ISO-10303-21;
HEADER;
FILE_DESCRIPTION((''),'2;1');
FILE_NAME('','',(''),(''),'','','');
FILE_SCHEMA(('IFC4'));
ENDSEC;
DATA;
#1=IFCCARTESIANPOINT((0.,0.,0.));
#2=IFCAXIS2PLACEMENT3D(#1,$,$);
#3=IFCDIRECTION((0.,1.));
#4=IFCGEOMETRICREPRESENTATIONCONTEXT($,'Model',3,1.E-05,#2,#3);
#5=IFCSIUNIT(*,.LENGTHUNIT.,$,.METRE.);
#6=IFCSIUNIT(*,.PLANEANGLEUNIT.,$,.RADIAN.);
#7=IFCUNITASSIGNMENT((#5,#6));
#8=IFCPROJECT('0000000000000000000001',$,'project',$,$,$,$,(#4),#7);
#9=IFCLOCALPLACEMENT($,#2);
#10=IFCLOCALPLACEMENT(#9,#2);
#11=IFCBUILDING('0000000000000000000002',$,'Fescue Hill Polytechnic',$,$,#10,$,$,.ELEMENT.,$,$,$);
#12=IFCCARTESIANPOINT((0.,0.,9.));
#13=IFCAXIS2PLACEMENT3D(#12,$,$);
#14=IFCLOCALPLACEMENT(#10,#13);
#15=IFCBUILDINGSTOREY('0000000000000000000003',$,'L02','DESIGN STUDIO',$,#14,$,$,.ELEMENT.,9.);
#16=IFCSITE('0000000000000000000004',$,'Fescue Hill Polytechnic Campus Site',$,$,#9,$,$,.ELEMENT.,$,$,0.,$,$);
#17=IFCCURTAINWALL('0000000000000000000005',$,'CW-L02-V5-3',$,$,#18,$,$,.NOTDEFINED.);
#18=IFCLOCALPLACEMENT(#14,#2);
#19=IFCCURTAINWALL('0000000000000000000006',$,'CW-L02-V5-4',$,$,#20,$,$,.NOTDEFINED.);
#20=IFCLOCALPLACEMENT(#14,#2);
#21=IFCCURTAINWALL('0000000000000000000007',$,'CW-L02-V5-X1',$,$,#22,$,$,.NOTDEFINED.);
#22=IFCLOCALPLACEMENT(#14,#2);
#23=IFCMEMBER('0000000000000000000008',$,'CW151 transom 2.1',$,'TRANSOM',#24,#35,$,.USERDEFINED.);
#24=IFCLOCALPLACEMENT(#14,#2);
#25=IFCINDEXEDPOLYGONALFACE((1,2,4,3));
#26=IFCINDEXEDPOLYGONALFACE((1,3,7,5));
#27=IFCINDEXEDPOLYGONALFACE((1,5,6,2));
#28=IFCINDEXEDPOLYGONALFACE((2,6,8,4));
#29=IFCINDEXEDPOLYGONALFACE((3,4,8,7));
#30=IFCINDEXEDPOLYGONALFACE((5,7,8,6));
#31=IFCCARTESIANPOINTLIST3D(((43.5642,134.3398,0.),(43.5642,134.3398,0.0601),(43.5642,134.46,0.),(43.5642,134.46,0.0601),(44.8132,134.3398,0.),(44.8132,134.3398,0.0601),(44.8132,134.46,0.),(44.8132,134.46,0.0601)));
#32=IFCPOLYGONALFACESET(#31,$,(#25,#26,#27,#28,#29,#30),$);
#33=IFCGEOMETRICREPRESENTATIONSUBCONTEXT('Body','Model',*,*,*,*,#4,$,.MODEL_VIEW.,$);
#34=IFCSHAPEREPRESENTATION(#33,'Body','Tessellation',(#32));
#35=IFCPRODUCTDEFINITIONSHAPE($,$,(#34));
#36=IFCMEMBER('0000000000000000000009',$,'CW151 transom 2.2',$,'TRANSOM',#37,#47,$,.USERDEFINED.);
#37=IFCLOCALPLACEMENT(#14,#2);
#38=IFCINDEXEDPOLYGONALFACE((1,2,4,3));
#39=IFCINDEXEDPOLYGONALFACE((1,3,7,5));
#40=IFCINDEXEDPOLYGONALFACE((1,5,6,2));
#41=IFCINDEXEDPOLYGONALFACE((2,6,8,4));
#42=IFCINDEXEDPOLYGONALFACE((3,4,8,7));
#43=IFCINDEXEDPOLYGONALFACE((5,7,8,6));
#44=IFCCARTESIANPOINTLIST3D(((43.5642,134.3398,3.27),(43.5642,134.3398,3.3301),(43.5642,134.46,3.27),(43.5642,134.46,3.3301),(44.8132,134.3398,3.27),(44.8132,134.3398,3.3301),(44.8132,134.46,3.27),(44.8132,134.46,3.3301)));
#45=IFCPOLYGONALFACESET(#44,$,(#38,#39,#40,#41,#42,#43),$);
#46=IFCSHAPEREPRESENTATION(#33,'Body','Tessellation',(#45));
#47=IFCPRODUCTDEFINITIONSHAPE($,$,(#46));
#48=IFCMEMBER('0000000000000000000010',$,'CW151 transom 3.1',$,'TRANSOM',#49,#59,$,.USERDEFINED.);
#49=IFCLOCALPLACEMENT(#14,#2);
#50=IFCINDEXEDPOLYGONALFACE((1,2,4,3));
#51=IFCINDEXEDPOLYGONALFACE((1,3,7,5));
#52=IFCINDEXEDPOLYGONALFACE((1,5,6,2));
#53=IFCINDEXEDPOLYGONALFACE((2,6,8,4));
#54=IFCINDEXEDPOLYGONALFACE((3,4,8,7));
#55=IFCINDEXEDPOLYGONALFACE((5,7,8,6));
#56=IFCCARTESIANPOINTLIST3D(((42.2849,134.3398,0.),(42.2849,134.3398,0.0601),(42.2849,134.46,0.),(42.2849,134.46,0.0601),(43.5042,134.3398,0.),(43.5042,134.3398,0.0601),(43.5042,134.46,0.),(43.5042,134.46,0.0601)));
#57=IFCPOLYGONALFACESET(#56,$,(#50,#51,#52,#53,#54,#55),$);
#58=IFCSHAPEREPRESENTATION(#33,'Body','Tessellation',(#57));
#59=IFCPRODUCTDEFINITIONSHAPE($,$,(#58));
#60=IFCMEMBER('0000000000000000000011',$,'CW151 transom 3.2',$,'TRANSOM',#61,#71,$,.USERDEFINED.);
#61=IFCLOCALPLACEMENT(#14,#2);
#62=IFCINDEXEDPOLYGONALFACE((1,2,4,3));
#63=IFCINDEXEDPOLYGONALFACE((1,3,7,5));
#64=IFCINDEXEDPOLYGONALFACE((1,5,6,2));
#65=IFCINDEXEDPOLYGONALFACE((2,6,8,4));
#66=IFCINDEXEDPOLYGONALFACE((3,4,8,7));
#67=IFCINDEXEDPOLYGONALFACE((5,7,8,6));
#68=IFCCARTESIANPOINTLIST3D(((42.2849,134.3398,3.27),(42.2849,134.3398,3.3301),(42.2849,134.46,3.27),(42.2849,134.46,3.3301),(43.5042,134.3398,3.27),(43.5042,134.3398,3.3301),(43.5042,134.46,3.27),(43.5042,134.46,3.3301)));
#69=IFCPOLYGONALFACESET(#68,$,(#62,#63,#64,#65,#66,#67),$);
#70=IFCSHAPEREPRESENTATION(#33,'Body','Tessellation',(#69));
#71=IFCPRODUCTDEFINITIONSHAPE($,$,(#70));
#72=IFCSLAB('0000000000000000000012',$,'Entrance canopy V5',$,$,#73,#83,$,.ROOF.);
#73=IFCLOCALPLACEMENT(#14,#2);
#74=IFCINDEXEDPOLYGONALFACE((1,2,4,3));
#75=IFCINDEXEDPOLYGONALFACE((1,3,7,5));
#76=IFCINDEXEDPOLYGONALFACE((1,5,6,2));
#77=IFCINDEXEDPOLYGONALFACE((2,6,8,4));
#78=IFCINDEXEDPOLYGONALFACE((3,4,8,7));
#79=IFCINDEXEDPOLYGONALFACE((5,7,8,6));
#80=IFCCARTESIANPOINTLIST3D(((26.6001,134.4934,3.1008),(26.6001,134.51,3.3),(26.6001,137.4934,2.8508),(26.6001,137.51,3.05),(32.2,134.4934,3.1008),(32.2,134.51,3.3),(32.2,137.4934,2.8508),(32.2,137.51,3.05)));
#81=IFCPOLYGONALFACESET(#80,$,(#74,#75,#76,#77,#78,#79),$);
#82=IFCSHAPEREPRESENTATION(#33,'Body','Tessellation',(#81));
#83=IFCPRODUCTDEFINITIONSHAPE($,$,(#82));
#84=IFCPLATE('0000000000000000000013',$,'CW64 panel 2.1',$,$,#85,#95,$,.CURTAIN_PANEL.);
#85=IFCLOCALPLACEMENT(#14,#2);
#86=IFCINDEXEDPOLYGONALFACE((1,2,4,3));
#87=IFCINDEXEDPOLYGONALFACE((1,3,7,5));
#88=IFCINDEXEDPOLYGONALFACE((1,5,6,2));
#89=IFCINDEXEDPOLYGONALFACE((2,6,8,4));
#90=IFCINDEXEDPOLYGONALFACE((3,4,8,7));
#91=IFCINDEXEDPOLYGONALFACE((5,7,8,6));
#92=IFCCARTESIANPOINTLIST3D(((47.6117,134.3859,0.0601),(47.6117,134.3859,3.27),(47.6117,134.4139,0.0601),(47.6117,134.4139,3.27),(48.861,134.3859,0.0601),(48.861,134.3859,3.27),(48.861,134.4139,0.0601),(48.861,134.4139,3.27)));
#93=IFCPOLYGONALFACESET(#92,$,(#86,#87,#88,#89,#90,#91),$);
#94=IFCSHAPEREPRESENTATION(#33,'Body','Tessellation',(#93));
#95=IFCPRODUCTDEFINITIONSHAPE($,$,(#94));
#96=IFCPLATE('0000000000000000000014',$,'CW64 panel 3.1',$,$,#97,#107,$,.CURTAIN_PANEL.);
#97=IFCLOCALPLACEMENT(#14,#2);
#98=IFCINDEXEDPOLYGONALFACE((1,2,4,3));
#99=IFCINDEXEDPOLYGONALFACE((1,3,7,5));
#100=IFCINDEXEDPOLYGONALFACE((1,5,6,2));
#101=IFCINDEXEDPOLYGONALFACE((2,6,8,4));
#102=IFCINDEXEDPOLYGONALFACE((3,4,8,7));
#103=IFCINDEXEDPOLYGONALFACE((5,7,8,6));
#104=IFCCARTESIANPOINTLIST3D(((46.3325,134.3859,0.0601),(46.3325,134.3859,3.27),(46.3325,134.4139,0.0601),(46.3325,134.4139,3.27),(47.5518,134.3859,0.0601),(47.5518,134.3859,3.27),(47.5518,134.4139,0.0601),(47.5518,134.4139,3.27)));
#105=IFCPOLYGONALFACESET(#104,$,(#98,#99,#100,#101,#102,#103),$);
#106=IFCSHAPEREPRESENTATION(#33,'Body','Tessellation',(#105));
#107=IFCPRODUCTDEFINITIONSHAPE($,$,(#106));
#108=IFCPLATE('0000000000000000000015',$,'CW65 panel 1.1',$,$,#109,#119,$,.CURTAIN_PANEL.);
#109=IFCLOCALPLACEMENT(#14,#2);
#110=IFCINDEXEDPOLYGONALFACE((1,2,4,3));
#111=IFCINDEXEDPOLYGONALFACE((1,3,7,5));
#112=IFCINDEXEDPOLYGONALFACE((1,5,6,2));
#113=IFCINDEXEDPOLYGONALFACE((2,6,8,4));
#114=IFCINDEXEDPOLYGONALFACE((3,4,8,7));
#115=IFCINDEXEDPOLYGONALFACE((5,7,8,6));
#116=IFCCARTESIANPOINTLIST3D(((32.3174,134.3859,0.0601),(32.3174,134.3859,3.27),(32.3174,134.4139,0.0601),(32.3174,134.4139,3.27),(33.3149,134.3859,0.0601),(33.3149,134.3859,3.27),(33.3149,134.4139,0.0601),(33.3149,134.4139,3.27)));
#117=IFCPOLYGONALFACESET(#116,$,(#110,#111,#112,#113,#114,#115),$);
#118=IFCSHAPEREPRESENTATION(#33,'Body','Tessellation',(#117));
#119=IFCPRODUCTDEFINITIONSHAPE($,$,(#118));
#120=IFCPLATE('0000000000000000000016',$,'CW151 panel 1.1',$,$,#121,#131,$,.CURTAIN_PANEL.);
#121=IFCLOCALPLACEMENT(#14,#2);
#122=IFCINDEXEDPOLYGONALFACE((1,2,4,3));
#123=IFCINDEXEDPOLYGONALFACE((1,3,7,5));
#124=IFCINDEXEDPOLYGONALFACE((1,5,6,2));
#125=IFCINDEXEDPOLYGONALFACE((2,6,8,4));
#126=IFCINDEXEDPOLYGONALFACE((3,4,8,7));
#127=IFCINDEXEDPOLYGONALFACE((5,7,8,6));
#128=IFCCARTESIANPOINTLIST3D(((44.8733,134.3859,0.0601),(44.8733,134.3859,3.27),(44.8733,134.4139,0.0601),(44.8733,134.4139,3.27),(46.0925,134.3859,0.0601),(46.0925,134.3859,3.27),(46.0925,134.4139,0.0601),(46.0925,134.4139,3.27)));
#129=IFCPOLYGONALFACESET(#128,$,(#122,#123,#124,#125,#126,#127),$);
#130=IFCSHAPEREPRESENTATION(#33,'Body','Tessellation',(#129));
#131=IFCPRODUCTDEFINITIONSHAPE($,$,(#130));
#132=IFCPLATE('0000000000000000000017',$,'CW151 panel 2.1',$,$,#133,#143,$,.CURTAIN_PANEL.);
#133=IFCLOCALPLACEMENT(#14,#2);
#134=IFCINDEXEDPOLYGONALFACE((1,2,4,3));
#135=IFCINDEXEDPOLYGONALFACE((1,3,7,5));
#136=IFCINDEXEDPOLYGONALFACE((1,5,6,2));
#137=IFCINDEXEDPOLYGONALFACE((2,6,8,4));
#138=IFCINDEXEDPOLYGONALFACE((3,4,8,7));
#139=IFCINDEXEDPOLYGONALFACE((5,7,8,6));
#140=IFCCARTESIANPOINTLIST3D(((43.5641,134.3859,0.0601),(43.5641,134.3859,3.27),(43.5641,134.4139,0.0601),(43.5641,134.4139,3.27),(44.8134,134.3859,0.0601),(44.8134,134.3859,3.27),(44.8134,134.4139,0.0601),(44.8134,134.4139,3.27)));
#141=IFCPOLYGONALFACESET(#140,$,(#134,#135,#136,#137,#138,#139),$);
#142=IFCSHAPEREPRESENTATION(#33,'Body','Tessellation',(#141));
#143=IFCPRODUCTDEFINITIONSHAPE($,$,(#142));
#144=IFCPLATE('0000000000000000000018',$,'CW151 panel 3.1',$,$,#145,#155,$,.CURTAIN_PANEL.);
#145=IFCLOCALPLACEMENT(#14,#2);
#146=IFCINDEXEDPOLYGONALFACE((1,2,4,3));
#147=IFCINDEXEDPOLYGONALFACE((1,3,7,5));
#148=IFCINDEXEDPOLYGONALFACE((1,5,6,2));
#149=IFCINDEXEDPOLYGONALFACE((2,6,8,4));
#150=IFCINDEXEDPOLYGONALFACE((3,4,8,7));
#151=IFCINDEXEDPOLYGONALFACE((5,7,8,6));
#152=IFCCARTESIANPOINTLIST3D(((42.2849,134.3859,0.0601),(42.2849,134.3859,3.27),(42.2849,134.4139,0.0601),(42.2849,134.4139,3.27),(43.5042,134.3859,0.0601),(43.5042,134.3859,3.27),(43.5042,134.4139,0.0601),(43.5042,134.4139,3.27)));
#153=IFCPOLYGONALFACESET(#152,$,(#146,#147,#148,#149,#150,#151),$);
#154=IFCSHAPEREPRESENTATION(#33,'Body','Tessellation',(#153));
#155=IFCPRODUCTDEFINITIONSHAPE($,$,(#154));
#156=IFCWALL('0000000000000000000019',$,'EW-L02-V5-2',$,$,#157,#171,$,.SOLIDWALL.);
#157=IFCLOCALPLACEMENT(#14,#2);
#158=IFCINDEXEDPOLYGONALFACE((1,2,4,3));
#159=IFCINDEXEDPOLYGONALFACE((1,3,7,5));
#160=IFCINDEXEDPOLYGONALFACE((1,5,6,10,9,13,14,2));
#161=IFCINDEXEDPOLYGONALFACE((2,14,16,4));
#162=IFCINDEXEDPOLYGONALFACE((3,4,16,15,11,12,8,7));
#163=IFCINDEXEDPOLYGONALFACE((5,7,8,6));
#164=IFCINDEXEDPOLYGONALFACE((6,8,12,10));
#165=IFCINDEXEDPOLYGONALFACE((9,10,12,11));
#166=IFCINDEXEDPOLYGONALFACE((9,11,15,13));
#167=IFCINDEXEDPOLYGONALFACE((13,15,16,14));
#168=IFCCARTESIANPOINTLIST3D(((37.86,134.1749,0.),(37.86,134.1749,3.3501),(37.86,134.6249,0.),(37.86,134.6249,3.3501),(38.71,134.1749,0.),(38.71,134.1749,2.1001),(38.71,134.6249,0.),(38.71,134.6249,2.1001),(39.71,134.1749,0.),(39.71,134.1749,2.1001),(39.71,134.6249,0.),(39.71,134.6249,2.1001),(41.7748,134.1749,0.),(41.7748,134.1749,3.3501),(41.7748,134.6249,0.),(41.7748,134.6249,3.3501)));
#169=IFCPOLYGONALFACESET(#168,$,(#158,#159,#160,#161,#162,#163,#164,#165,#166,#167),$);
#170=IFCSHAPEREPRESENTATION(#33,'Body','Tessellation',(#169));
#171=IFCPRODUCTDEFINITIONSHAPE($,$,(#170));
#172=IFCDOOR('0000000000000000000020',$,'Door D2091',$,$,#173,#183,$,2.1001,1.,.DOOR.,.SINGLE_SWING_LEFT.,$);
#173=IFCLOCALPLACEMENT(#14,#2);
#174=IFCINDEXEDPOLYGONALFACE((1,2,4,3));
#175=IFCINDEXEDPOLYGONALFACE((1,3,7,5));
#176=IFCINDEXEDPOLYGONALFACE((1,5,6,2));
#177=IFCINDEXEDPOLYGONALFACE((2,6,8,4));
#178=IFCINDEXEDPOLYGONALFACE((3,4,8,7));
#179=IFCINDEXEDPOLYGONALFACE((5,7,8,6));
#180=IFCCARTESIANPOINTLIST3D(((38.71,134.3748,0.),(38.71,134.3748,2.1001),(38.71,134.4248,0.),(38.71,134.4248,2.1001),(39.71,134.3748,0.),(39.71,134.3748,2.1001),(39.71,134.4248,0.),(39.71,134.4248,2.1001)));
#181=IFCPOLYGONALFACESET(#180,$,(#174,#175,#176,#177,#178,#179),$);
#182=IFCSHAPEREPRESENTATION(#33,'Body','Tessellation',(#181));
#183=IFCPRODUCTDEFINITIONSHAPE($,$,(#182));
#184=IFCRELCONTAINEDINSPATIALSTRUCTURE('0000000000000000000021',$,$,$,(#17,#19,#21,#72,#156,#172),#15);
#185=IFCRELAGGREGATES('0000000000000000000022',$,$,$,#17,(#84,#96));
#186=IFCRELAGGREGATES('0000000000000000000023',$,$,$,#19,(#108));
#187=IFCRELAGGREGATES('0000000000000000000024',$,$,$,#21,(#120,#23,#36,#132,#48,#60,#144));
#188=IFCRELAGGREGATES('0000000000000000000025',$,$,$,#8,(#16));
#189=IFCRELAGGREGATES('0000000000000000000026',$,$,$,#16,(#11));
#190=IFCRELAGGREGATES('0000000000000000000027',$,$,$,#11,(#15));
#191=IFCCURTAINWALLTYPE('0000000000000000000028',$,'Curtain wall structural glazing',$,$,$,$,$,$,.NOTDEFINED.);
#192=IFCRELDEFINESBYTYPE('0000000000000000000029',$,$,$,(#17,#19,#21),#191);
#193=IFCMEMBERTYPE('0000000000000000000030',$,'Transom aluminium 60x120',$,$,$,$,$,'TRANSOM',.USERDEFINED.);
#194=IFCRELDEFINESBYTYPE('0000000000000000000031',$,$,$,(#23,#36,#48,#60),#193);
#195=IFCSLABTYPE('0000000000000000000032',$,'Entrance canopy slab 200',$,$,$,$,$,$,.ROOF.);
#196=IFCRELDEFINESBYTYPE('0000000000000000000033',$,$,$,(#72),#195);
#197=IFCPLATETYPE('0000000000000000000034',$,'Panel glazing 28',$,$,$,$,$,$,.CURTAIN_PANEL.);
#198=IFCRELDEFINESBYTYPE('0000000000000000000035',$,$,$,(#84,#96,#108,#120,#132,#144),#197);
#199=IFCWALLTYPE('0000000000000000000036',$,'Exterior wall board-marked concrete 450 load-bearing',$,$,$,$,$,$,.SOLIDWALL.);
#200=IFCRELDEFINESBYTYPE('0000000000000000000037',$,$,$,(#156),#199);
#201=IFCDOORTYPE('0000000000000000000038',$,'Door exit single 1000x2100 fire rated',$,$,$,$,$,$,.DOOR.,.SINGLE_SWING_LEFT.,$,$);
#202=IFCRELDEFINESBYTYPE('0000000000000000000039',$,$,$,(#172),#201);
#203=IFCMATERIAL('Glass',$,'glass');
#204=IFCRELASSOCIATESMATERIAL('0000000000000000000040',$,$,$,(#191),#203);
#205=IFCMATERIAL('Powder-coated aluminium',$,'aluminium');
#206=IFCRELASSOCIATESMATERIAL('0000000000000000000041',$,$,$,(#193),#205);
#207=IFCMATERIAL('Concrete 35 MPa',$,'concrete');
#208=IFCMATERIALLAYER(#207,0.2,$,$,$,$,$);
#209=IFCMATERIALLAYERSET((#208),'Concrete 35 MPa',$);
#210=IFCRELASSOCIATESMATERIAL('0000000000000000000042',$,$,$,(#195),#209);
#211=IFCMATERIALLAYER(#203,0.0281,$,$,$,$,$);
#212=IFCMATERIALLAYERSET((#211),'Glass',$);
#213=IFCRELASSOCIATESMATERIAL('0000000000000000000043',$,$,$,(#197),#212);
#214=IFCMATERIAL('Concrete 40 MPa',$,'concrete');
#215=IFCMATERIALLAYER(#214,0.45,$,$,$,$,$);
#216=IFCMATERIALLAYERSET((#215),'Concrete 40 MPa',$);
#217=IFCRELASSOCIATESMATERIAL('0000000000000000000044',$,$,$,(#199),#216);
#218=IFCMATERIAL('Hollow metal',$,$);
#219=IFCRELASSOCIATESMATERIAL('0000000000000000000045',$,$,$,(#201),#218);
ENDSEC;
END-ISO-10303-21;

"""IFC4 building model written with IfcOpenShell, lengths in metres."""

from ifc_helpers import new_model, si_unit, direction, frame, frame_2d, origin, origin_2d, place, context, subcontext, project, spatial, polyline, rectangle, outline, extrude, material, layer, layer_set, material_profile, profile_set, type_object, element, fill, aggregate, save


model = new_model("IFC4")

# Units and contexts
model_context = context("Model", 3, precision=1e-05, world=origin(), true_north=direction((0.0, 1.0)))
body_context = subcontext(model_context, "Body", "Model", "MODEL_VIEW")
ifc_project = project(units=[si_unit("LENGTHUNIT", "METRE"), si_unit("PLANEANGLEUNIT", "RADIAN")], contexts=[model_context])

# Site, building, storey
site_placement = place(None, origin())
site = spatial("IfcSite", under=ifc_project, at=site_placement, Name="Fescue Hill Polytechnic Campus Site", CompositionType="ELEMENT", RefElevation=0.0)
building_placement = place(site_placement, origin())
building = spatial("IfcBuilding", under=site, at=building_placement, Name="Fescue Hill Polytechnic", CompositionType="ELEMENT")
storey_placement = place(building_placement, frame((0.0, 0.0, 9.0)))
storey = spatial("IfcBuildingStorey", under=building, at=storey_placement, Name="L02", Description="DESIGN STUDIO", CompositionType="ELEMENT", Elevation=9.0)

# Shared definitions
ifc_material_1 = material(Name="Concrete 35 MPa", Category="concrete")

# Shared definitions
ifc_material_2 = material(Name="Concrete 40 MPa", Category="concrete")

# Curtain wall
ifc_material_3 = material(Name="Glass", Category="glass")
curtain_wall_type = type_object("IfcCurtainWallType", Name="Curtain wall structural glazing", PredefinedType="NOTDEFINED", material=ifc_material_3)
curtain_wall_1_placement = place(storey_placement, origin())
curtain_wall_1 = element("IfcCurtainWall", 1, at=curtain_wall_1_placement, inside=storey, type_object=curtain_wall_type, Name="CW-L02-V5-3", PredefinedType="NOTDEFINED")
ifc_material_4 = material(Name="Powder-coated aluminium", Category="aluminium")

# Curtain wall
curtain_wall_2_placement = place(storey_placement, origin())
curtain_wall_2 = element("IfcCurtainWall", 2, at=curtain_wall_2_placement, inside=storey, type_object=curtain_wall_type, Name="CW-L02-V5-4", PredefinedType="NOTDEFINED")

# Curtain wall
curtain_wall_3_placement = place(storey_placement, origin())
curtain_wall_3 = element("IfcCurtainWall", 3, at=curtain_wall_3_placement, inside=storey, type_object=curtain_wall_type, Name="CW-L02-V5-X1", PredefinedType="NOTDEFINED")

# Members
ifc_material_profile_1 = material_profile(ifc_material_4, rectangle(XDim=0.1201, YDim=0.0601, at=origin_2d()), Name="Transom aluminium 60x120")
ifc_profile_set_1 = profile_set([ifc_material_profile_1], Name="Powder-coated aluminium")
member_type_1 = type_object("IfcMemberType", Name="Transom aluminium 60x120", ElementType="TRANSOM", PredefinedType="USERDEFINED", material=ifc_profile_set_1)
member_1_placement = place(storey_placement, frame((44.8132, 134.3999, 0.03), z_axis=(-1.0, 0.0, 0.0), x_axis=(0.0, -1.0, 0.0)))
member_1 = element("IfcMember", 4, at=member_1_placement, type_object=member_type_1, Name="CW151 transom 2.1", ObjectType="TRANSOM", PredefinedType="USERDEFINED", context=body_context, shape_type="SweptSolid", body=[
    extrude(rectangle(XDim=0.1201, YDim=0.0601, at=origin_2d()), origin(), (0.0, 0.0, 1.0), 1.249),
])
member_2_placement = place(storey_placement, frame((44.8132, 134.3999, 3.3), z_axis=(-1.0, 0.0, 0.0), x_axis=(0.0, -1.0, 0.0)))
member_2 = element("IfcMember", 5, at=member_2_placement, type_object=member_type_1, Name="CW151 transom 2.2", ObjectType="TRANSOM", PredefinedType="USERDEFINED", context=body_context, shape_type="SweptSolid", body=[
    extrude(rectangle(XDim=0.1201, YDim=0.0601, at=origin_2d()), origin(), (0.0, 0.0, 1.0), 1.249),
])
member_3_placement = place(storey_placement, frame((43.5042, 134.3999, 0.03), z_axis=(-1.0, 0.0, 0.0), x_axis=(0.0, -1.0, 0.0)))
member_3 = element("IfcMember", 6, at=member_3_placement, type_object=member_type_1, Name="CW151 transom 3.1", ObjectType="TRANSOM", PredefinedType="USERDEFINED", context=body_context, shape_type="SweptSolid", body=[
    extrude(rectangle(XDim=0.1201, YDim=0.0601, at=origin_2d()), origin(), (0.0, 0.0, 1.0), 1.2192),
])
member_4_placement = place(storey_placement, frame((43.5042, 134.3999, 3.3), z_axis=(-1.0, 0.0, 0.0), x_axis=(0.0, -1.0, 0.0)))
member_4 = element("IfcMember", 7, at=member_4_placement, type_object=member_type_1, Name="CW151 transom 3.2", ObjectType="TRANSOM", PredefinedType="USERDEFINED", context=body_context, shape_type="SweptSolid", body=[
    extrude(rectangle(XDim=0.1201, YDim=0.0601, at=origin_2d()), origin(), (0.0, 0.0, 1.0), 1.2192),
])

# Slab
ifc_layer_1 = layer(ifc_material_1, 0.2)
ifc_layer_set_1 = layer_set([ifc_layer_1], Name="Concrete 35 MPa")
slab_type = type_object("IfcSlabType", Name="Entrance canopy slab 200", PredefinedType="ROOF", material=ifc_layer_set_1)
slab_placement = place(storey_placement, frame((32.2, 134.51, 3.3), z_axis=(0.0, 0.083045, 0.996546), x_axis=(-1.0, 0.0, 0.0)))
element("IfcSlab", 8, at=slab_placement, inside=storey, type_object=slab_type, Name="Entrance canopy V5", PredefinedType="ROOF", context=body_context, shape_type="SweptSolid", body=[
    extrude(outline(polyline([(0.0, 0.0), (5.5999, 0.0), (5.5999, -3.0104), (0.0, -3.0104), (0.0, 0.0)])), origin(), (0.0, 0.0, -1.0), 0.2),
])

# Plates
ifc_layer_2 = layer(ifc_material_3, 0.0281)
ifc_layer_set_2 = layer_set([ifc_layer_2], Name="Glass")
plate_type = type_object("IfcPlateType", Name="Panel glazing 28", PredefinedType="CURTAIN_PANEL", material=ifc_layer_set_2)
plate_1_placement = place(storey_placement, frame((48.2363, 134.3999, 0.0601), z_axis=(0.0, 0.0, 1.0), x_axis=(-1.0, 0.0, 0.0)))
plate_1 = element("IfcPlate", 9, at=plate_1_placement, type_object=plate_type, Name="CW64 panel 2.1", PredefinedType="CURTAIN_PANEL", context=body_context, shape_type="SweptSolid", body=[
    extrude(rectangle(XDim=1.2493, YDim=0.0281, at=origin_2d()), origin(), (0.0, 0.0, 1.0), 3.21),
])
plate_2_placement = place(storey_placement, frame((46.9421, 134.3999, 0.0601), z_axis=(0.0, 0.0, 1.0), x_axis=(-1.0, 0.0, 0.0)))
plate_2 = element("IfcPlate", 10, at=plate_2_placement, type_object=plate_type, Name="CW64 panel 3.1", PredefinedType="CURTAIN_PANEL", context=body_context, shape_type="SweptSolid", body=[
    extrude(rectangle(XDim=1.2192, YDim=0.0281, at=origin_2d()), origin(), (0.0, 0.0, 1.0), 3.21),
])
aggregate(curtain_wall_1, [plate_1, plate_2])
plate_3_placement = place(storey_placement, frame((32.8162, 134.3999, 0.0601), z_axis=(0.0, 0.0, 1.0), x_axis=(-1.0, 0.0, 0.0)))
plate_3 = element("IfcPlate", 11, at=plate_3_placement, type_object=plate_type, Name="CW65 panel 1.1", PredefinedType="CURTAIN_PANEL", context=body_context, shape_type="SweptSolid", body=[
    extrude(rectangle(XDim=0.9976, YDim=0.0281, at=origin_2d()), origin(), (0.0, 0.0, 1.0), 3.21),
])
aggregate(curtain_wall_2, [plate_3])
plate_4_placement = place(storey_placement, frame((45.4829, 134.3999, 0.0601), z_axis=(0.0, 0.0, 1.0), x_axis=(-1.0, 0.0, 0.0)))
plate_4 = element("IfcPlate", 12, at=plate_4_placement, type_object=plate_type, Name="CW151 panel 1.1", PredefinedType="CURTAIN_PANEL", context=body_context, shape_type="SweptSolid", body=[
    extrude(rectangle(XDim=1.2192, YDim=0.0281, at=origin_2d()), origin(), (0.0, 0.0, 1.0), 3.21),
])
plate_5_placement = place(storey_placement, frame((44.1887, 134.3999, 0.0601), z_axis=(0.0, 0.0, 1.0), x_axis=(-1.0, 0.0, 0.0)))
plate_5 = element("IfcPlate", 13, at=plate_5_placement, type_object=plate_type, Name="CW151 panel 2.1", PredefinedType="CURTAIN_PANEL", context=body_context, shape_type="SweptSolid", body=[
    extrude(rectangle(XDim=1.2493, YDim=0.0281, at=origin_2d()), origin(), (0.0, 0.0, 1.0), 3.21),
])
plate_6_placement = place(storey_placement, frame((42.8945, 134.3999, 0.0601), z_axis=(0.0, 0.0, 1.0), x_axis=(-1.0, 0.0, 0.0)))
plate_6 = element("IfcPlate", 14, at=plate_6_placement, type_object=plate_type, Name="CW151 panel 3.1", PredefinedType="CURTAIN_PANEL", context=body_context, shape_type="SweptSolid", body=[
    extrude(rectangle(XDim=1.2192, YDim=0.0281, at=origin_2d()), origin(), (0.0, 0.0, 1.0), 3.21),
])
aggregate(curtain_wall_3, [plate_4, member_1, member_2, plate_5, member_3, member_4, plate_6])

# Wall, opening, door
ifc_layer_3 = layer(ifc_material_2, 0.45)
ifc_layer_set_3 = layer_set([ifc_layer_3], Name="Concrete 40 MPa")
wall_type_1 = type_object("IfcWallType", Name="Exterior wall board-marked concrete 450 load-bearing", PredefinedType="SOLIDWALL", material=ifc_layer_set_3)
wall_1_placement = place(storey_placement, frame((41.7749, 134.3999, 0.0), z_axis=(0.0, 0.0, 1.0), x_axis=(-1.0, 0.0, 0.0)))
wall_1 = element("IfcWall", 15, at=wall_1_placement, inside=storey, type_object=wall_type_1, Name="EW-L02-V5-2", PredefinedType="SOLIDWALL", context=body_context, shape_type="SweptSolid", body=[
    extrude(rectangle(XDim=3.9148, YDim=0.45, at=frame_2d((1.9575, 0.0))), origin(), (0.0, 0.0, 1.0), 3.3501),
])
opening_1_placement = place(wall_1_placement, frame((3.0649, 0.0, 0.0), z_axis=(0.0, 0.0, 1.0), x_axis=(-1.0, 0.0, 0.0)))
opening_1 = element("IfcOpeningElement", 16, at=opening_1_placement, cuts=wall_1, PredefinedType="OPENING", context=body_context, shape_type="SweptSolid", body=[
    extrude(rectangle(XDim=1.0, YDim=2.1001, at=frame_2d((0.5, 1.05))), frame((0.0, 0.2349, 0.0), z_axis=(0.0, -1.0, 0.0), x_axis=(1.0, 0.0, 0.0)), (0.0, 0.0, 1.0), 0.47),
])
ifc_material_5 = material(Name="Hollow metal")
door_type = type_object("IfcDoorType", Name="Door exit single 1000x2100 fire rated", OperationType="SINGLE_SWING_LEFT", PredefinedType="DOOR", material=ifc_material_5)
door_1_placement = place(opening_1_placement, origin())
door_1 = element("IfcDoor", 17, at=door_1_placement, inside=storey, type_object=door_type, Name="Door D2091", OperationType="SINGLE_SWING_LEFT", OverallHeight=2.1001, OverallWidth=1.0, PredefinedType="DOOR", context=body_context, shape_type="SweptSolid", body=[
    extrude(rectangle(XDim=1.0, YDim=2.1001, at=frame_2d((0.5, 1.05))), frame((0.0, 0.0249, 0.0), z_axis=(0.0, -1.0, 0.0), x_axis=(1.0, 0.0, 0.0)), (0.0, 0.0, 1.0), 0.05),
])
fill(opening_1, door_1)

save(model, "model.ifc")
